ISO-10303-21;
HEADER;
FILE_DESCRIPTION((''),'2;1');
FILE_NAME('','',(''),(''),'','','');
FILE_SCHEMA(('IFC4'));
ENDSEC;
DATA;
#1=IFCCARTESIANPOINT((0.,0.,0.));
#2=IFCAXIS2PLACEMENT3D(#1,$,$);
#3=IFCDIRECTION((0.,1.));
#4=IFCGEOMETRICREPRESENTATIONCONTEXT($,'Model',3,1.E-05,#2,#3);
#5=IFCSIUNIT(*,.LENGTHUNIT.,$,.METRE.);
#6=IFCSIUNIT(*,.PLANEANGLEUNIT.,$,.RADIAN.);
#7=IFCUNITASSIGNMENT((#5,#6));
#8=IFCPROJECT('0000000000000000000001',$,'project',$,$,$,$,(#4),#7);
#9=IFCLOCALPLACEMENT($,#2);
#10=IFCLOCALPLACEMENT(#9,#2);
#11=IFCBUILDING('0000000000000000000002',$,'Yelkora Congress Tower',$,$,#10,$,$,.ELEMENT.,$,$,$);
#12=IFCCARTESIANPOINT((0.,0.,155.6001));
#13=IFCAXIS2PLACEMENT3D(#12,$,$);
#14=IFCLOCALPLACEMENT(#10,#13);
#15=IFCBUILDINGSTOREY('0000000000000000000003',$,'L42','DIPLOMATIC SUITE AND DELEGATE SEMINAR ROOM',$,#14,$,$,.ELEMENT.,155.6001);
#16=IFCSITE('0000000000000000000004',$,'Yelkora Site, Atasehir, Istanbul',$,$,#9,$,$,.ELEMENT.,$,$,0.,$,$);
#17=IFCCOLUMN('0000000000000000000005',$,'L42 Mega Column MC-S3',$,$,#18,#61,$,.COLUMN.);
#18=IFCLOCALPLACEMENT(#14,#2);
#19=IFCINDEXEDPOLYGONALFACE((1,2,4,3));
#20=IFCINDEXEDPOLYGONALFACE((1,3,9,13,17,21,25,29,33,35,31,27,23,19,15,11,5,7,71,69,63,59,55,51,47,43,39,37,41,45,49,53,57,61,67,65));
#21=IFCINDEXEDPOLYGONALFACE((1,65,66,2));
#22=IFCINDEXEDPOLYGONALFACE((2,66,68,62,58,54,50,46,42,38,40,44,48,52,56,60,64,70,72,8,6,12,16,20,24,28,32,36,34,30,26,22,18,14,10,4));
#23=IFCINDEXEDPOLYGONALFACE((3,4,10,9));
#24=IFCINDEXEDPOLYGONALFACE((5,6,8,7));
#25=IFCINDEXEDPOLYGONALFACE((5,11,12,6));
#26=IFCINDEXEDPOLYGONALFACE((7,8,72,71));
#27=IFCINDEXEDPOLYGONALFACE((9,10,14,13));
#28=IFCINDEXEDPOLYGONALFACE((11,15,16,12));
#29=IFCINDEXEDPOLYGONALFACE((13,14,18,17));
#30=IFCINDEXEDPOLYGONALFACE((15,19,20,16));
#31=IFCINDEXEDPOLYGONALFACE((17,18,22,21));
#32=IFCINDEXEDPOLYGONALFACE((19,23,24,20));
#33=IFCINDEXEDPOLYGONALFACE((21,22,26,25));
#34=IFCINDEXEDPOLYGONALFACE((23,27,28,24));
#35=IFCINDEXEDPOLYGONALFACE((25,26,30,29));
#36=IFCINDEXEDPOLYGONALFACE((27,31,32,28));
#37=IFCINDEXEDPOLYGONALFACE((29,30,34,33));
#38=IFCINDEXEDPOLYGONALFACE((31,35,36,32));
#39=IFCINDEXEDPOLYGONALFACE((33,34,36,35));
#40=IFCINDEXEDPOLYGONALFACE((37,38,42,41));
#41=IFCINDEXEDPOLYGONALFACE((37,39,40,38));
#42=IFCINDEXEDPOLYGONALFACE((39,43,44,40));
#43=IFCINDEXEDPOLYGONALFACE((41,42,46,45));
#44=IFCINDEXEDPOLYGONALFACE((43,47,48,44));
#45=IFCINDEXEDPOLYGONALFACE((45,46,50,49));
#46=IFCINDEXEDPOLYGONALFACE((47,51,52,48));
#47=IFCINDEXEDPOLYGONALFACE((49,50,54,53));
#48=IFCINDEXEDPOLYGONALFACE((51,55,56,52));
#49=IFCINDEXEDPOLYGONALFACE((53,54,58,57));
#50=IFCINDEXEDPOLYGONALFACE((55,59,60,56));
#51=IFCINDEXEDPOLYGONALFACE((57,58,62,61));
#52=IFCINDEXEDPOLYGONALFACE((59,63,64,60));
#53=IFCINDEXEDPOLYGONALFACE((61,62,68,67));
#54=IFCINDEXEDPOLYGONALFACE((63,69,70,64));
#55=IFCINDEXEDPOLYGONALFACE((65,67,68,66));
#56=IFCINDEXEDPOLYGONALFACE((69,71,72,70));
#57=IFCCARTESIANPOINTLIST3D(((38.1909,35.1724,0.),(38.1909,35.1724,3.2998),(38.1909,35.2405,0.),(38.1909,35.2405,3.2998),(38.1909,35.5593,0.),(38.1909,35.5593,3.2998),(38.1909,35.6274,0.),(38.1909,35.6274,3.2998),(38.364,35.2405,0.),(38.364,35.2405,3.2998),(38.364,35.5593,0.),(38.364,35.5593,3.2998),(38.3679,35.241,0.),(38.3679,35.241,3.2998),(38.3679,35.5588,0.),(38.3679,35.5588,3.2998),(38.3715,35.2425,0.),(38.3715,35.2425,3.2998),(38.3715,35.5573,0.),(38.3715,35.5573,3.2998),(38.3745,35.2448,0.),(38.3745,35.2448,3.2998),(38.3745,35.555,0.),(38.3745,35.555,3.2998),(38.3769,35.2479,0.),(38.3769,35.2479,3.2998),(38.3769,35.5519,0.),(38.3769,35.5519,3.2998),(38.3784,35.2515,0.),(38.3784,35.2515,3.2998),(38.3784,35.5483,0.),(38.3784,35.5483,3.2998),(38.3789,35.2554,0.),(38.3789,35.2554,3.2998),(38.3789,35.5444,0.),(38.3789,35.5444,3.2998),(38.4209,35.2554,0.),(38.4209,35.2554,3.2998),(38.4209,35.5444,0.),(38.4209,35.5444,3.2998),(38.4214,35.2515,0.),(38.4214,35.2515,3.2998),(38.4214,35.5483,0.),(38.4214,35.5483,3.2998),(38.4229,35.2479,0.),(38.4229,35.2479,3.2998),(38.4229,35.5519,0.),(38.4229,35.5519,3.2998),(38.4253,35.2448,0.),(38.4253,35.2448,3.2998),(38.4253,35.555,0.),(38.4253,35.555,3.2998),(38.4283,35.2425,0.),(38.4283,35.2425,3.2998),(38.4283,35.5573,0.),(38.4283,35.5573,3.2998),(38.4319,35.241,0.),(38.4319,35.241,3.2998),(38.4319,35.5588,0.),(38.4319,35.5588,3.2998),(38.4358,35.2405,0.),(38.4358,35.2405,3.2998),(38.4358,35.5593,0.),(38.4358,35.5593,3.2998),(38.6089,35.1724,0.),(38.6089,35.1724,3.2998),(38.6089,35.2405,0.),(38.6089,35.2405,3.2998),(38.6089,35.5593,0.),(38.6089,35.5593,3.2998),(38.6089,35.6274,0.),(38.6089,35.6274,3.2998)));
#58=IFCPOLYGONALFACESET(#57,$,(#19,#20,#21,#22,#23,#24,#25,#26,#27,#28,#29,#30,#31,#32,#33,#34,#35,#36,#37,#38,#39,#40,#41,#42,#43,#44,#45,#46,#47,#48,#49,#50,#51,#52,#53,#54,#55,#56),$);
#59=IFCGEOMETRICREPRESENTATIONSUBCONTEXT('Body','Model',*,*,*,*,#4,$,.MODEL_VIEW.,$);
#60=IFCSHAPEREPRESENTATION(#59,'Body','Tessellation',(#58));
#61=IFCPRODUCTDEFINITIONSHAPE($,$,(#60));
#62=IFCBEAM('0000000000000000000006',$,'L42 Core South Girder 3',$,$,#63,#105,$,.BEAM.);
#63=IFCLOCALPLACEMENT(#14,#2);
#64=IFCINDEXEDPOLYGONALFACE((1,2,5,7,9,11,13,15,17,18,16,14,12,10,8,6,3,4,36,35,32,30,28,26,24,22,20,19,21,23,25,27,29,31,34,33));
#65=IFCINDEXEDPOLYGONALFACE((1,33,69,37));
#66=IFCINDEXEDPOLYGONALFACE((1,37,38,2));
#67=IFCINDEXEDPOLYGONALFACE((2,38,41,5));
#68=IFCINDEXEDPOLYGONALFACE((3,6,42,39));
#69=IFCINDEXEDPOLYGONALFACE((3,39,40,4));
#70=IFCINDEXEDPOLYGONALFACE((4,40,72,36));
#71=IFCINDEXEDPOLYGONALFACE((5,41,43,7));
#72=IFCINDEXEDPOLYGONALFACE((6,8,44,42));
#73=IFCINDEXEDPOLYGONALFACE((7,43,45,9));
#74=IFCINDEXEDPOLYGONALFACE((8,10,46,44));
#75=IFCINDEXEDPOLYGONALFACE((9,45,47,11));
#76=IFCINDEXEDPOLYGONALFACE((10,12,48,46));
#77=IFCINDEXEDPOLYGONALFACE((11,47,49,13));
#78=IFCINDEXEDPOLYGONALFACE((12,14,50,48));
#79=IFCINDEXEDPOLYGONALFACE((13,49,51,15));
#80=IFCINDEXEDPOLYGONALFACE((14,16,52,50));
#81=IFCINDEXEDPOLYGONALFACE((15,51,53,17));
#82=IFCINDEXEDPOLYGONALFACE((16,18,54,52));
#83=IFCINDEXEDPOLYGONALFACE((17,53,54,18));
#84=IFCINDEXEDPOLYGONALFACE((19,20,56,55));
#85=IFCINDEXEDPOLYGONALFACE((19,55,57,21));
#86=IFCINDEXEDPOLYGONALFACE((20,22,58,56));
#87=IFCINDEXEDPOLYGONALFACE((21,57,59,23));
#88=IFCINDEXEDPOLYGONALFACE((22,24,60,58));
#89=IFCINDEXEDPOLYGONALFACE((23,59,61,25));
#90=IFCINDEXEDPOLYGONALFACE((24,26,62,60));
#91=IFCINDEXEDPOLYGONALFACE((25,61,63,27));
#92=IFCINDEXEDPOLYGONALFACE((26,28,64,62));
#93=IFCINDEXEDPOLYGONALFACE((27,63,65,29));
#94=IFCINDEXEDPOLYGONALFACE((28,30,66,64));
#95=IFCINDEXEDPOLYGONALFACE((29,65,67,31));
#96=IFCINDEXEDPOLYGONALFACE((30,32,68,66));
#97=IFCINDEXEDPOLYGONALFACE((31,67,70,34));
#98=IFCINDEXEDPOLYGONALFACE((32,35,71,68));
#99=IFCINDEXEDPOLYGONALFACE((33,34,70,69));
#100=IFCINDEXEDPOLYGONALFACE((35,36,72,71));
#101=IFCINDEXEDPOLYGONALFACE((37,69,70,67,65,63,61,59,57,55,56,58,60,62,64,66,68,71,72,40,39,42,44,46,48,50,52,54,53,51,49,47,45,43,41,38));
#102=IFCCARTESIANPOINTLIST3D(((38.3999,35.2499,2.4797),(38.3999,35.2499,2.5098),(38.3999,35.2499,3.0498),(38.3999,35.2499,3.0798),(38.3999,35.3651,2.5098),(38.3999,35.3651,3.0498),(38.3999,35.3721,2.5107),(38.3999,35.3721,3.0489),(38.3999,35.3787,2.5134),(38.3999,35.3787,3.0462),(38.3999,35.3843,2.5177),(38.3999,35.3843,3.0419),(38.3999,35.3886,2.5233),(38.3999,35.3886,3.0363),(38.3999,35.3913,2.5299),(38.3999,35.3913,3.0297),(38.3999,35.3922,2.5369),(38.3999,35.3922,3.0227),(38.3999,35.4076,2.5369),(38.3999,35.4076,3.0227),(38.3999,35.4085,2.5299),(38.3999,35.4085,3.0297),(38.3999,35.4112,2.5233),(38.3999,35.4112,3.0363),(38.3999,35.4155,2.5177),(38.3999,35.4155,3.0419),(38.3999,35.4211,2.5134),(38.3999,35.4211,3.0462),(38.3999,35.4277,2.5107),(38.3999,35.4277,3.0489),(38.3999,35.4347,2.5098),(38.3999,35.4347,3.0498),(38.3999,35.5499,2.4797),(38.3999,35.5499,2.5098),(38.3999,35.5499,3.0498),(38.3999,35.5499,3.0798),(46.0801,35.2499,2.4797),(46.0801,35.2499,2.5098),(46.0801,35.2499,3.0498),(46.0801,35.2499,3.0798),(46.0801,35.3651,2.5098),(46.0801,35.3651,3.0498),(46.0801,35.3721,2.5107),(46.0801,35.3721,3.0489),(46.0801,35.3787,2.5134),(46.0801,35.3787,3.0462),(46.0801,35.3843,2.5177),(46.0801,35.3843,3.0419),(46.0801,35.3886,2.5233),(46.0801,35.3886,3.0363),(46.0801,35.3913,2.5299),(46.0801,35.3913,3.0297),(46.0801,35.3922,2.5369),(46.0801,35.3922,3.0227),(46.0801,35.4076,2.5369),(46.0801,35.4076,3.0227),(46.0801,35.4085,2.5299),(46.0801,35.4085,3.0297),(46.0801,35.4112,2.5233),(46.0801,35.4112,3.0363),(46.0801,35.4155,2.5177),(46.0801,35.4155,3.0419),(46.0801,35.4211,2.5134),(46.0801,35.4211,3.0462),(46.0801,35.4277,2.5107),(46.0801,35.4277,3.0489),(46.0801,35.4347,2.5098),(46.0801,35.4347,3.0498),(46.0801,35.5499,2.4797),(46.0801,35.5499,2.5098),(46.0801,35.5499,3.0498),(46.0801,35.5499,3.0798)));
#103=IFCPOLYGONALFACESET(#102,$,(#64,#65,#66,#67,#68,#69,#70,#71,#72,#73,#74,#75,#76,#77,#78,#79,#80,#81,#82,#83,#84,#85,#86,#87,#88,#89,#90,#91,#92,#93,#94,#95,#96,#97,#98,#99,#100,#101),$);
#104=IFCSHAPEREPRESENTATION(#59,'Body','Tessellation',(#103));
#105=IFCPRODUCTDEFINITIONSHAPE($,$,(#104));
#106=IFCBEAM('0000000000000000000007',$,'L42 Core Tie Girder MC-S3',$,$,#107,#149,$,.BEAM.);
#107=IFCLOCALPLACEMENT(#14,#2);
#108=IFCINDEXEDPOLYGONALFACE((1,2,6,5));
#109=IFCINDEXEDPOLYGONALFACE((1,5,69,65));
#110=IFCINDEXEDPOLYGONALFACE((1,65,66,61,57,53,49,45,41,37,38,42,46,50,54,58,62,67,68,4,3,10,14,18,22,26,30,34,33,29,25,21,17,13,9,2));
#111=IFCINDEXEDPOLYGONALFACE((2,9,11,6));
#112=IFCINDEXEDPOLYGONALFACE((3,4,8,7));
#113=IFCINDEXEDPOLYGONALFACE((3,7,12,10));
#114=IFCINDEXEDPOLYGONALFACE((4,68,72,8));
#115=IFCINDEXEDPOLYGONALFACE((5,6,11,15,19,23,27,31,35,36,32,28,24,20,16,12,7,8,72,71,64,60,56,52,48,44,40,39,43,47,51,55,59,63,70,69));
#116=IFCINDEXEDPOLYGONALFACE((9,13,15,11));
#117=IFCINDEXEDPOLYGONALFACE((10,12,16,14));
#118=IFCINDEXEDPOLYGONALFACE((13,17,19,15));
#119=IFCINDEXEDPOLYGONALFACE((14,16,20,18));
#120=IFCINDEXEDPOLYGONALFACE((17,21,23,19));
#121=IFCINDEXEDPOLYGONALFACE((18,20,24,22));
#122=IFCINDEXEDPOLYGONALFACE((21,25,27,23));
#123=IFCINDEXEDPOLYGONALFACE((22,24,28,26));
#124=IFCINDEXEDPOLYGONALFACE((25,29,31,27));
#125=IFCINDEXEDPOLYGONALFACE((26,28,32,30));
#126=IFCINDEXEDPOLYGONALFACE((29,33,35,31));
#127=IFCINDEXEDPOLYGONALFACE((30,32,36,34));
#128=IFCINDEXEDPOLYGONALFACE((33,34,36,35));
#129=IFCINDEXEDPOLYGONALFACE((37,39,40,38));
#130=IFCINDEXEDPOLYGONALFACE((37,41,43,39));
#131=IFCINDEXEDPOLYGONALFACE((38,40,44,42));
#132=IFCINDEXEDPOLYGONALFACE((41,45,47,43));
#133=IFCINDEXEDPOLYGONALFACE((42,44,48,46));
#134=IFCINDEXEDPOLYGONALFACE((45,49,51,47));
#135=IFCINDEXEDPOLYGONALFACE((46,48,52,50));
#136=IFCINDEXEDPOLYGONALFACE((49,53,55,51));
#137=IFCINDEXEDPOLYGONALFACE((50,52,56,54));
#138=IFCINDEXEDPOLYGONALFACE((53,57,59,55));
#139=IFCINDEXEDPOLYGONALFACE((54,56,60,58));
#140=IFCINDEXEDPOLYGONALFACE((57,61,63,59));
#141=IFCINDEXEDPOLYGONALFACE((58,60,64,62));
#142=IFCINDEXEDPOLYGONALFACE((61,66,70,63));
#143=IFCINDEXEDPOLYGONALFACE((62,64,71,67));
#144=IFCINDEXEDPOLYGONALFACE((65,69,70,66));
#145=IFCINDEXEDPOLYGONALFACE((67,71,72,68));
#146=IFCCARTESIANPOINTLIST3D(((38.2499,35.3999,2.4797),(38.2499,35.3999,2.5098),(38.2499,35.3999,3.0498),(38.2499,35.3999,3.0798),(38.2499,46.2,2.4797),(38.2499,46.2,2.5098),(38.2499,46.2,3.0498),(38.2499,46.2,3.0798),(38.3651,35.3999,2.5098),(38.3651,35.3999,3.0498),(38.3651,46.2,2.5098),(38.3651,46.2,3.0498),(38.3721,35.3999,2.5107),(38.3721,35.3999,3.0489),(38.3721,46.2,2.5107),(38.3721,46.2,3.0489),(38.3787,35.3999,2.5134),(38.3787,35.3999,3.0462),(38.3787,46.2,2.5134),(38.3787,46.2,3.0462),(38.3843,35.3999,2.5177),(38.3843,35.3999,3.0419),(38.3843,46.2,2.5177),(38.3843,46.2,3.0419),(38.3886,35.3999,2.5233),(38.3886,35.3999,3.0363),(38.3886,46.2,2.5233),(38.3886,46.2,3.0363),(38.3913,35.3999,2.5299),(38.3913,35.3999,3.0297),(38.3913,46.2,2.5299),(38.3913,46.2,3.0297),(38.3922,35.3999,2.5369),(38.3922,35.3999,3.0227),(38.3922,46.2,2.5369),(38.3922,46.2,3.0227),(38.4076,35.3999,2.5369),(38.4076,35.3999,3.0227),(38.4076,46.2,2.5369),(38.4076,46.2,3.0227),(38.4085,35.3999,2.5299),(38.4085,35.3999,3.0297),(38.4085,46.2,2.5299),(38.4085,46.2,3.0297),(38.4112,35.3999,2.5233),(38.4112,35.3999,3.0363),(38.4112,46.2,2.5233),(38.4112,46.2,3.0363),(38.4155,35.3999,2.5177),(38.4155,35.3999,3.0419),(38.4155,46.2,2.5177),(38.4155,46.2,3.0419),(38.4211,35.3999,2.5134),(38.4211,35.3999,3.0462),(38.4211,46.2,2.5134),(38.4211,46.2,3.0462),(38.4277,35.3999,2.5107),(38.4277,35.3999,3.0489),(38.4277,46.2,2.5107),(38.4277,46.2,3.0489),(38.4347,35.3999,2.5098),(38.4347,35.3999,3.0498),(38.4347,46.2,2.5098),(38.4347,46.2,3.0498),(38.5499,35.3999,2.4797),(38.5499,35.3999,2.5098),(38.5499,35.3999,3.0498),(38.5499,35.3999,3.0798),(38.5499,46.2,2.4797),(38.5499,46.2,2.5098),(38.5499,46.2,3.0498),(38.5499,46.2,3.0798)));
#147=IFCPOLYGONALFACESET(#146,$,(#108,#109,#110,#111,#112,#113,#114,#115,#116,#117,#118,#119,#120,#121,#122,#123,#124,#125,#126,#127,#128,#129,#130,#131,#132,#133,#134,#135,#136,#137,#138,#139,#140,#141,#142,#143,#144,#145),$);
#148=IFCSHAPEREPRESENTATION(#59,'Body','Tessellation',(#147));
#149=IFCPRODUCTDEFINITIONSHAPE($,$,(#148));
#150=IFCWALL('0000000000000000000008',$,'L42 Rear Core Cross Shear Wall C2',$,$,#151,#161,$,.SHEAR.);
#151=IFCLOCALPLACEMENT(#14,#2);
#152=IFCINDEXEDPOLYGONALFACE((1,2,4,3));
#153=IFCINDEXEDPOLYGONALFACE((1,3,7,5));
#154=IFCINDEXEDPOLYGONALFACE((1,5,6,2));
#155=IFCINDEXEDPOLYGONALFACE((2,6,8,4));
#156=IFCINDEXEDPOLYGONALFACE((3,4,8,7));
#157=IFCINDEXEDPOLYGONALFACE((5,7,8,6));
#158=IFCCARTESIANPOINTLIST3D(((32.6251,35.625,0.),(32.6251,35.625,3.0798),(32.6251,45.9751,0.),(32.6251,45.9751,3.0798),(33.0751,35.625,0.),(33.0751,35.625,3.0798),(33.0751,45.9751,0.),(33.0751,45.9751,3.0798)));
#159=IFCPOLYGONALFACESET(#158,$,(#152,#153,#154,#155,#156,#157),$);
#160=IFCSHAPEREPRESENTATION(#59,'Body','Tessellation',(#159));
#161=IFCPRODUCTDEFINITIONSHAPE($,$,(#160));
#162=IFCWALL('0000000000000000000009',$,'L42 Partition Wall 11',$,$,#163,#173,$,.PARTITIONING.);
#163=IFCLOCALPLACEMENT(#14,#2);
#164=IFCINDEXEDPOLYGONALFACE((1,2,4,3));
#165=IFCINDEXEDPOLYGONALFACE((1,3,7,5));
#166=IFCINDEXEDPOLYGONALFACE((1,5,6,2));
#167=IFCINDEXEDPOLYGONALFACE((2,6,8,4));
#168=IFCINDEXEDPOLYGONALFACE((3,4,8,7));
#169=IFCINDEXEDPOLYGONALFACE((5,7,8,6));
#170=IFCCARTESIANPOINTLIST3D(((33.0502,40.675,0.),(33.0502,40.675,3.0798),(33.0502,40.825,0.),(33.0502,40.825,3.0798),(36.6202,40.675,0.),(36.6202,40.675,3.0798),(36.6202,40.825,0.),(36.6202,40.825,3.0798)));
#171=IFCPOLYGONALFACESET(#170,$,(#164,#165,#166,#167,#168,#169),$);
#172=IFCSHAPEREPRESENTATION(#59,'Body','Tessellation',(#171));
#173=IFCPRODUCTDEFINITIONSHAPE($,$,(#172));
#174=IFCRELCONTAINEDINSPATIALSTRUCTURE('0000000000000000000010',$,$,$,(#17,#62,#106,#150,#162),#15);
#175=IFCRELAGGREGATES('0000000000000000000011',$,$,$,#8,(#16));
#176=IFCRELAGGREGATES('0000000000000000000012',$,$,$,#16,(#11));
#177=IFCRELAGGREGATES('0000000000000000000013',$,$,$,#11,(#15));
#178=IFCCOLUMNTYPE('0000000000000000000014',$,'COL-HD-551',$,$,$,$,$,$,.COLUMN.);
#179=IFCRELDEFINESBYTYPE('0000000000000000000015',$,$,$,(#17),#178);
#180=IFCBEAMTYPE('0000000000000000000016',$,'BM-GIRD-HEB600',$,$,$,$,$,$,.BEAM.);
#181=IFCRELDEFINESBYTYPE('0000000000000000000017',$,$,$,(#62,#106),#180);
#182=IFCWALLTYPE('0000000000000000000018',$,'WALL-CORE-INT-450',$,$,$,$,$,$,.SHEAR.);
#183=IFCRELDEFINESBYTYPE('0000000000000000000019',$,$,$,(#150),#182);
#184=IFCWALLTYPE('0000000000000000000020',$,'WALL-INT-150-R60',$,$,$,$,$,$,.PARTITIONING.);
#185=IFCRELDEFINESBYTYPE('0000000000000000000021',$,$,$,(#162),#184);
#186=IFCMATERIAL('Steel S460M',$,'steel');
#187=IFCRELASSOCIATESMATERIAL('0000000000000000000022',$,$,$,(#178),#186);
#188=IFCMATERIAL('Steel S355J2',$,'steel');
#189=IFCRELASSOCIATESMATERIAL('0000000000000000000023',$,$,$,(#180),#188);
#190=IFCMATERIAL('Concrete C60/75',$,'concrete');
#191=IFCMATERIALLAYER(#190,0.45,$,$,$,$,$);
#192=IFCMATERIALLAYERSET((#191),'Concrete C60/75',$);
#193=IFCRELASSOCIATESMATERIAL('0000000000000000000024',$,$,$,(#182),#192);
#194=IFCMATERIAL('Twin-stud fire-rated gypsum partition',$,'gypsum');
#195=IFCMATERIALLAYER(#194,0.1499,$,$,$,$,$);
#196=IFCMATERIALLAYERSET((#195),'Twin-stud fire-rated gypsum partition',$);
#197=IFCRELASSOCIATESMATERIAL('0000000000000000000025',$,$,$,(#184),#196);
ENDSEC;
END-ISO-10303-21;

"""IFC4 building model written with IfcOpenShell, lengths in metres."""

from ifc_helpers import new_model, si_unit, direction, frame, frame_2d, origin, origin_2d, place, context, subcontext, project, spatial, rectangle, i_section, extrude, material, layer, layer_set, material_profile, profile_set, type_object, element, save


model = new_model("IFC4")

# Units and contexts
model_context = context("Model", 3, precision=1e-05, world=origin(), true_north=direction((0.0, 1.0)))
body_context = subcontext(model_context, "Body", "Model", "MODEL_VIEW")
ifc_project = project(units=[si_unit("LENGTHUNIT", "METRE"), si_unit("PLANEANGLEUNIT", "RADIAN")], contexts=[model_context])

# Site, building, storey
site_placement = place(None, origin())
site = spatial("IfcSite", under=ifc_project, at=site_placement, Name="Yelkora Site, Atasehir, Istanbul", CompositionType="ELEMENT", RefElevation=0.0)
building_placement = place(site_placement, origin())
building = spatial("IfcBuilding", under=site, at=building_placement, Name="Yelkora Congress Tower", CompositionType="ELEMENT")
storey_placement = place(building_placement, frame((0.0, 0.0, 155.6001)))
storey = spatial("IfcBuildingStorey", under=building, at=storey_placement, Name="L42", Description="DIPLOMATIC SUITE AND DELEGATE SEMINAR ROOM", CompositionType="ELEMENT", Elevation=155.6001)

# Column
ifc_material_1 = material(Name="Steel S460M", Category="steel")
ifc_material_profile_1 = material_profile(ifc_material_1, i_section(OverallWidth=0.418, OverallDepth=0.4551, WebThickness=0.042, FlangeThickness=0.0681, FilletRadius=0.0149, at=origin_2d()), Name="HD 400x551")
ifc_profile_set_1 = profile_set([ifc_material_profile_1], Name="Steel S460M")
column_type = type_object("IfcColumnType", Name="COL-HD-551", PredefinedType="COLUMN", material=ifc_profile_set_1)
column_placement = place(storey_placement, frame((38.3999, 35.3999, 0.0), z_axis=(0.0, 0.0, 1.0), x_axis=(1.0, 0.0, 0.0)))
element("IfcColumn", 1, at=column_placement, inside=storey, type_object=column_type, Name="L42 Mega Column MC-S3", PredefinedType="COLUMN", context=body_context, shape_type="SweptSolid", body=[
    extrude(i_section(OverallWidth=0.418, OverallDepth=0.4551, WebThickness=0.042, FlangeThickness=0.0681, FilletRadius=0.0149, at=origin_2d()), origin(), (0.0, 0.0, 1.0), 3.2998),
])

# Beams
ifc_material_2 = material(Name="Steel S355J2", Category="steel")
ifc_material_profile_2 = material_profile(ifc_material_2, i_section(OverallWidth=0.3, OverallDepth=0.6001, WebThickness=0.0154, FlangeThickness=0.03, FilletRadius=0.0271, at=origin_2d()), Name="HEB 600")
ifc_profile_set_2 = profile_set([ifc_material_profile_2], Name="Steel S355J2")
beam_type = type_object("IfcBeamType", Name="BM-GIRD-HEB600", PredefinedType="BEAM", material=ifc_profile_set_2)
beam_1_placement = place(storey_placement, frame((38.3999, 35.3999, 2.7798), z_axis=(1.0, 0.0, 0.0), x_axis=(0.0, 1.0, 0.0)))
element("IfcBeam", 2, at=beam_1_placement, inside=storey, type_object=beam_type, Name="L42 Core South Girder 3", PredefinedType="BEAM", context=body_context, shape_type="SweptSolid", body=[
    extrude(i_section(OverallWidth=0.3, OverallDepth=0.6001, WebThickness=0.0154, FlangeThickness=0.03, FilletRadius=0.0271, at=origin_2d()), origin(), (0.0, 0.0, 1.0), 7.6802),
])
beam_2_placement = place(storey_placement, frame((38.3999, 35.3999, 2.7798), z_axis=(0.0, 1.0, 0.0), x_axis=(-1.0, 0.0, 0.0)))
element("IfcBeam", 3, at=beam_2_placement, inside=storey, type_object=beam_type, Name="L42 Core Tie Girder MC-S3", PredefinedType="BEAM", context=body_context, shape_type="SweptSolid", body=[
    extrude(i_section(OverallWidth=0.3, OverallDepth=0.6001, WebThickness=0.0154, FlangeThickness=0.03, FilletRadius=0.0271, at=origin_2d()), origin(), (0.0, 0.0, 1.0), 10.8),
])

# Shared definitions
ifc_material_3 = material(Name="Concrete C60/75", Category="concrete")
ifc_layer_1 = layer(ifc_material_3, 0.45)
ifc_layer_set_1 = layer_set([ifc_layer_1], Name="Concrete C60/75")
wall_type_1 = type_object("IfcWallType", Name="WALL-CORE-INT-450", PredefinedType="SHEAR", material=ifc_layer_set_1)

# Walls
wall_1_placement = place(storey_placement, frame((32.8501, 35.625, 0.0), z_axis=(0.0, 0.0, 1.0), x_axis=(0.0, 1.0, 0.0)))
element("IfcWall", 4, at=wall_1_placement, inside=storey, type_object=wall_type_1, Name="L42 Rear Core Cross Shear Wall C2", PredefinedType="SHEAR", context=body_context, shape_type="SweptSolid", body=[
    extrude(rectangle(XDim=10.3501, YDim=0.45, at=frame_2d((5.175, 0.0))), origin(), (0.0, 0.0, 1.0), 3.0798),
])
ifc_material_4 = material(Name="Twin-stud fire-rated gypsum partition", Category="gypsum")
ifc_layer_2 = layer(ifc_material_4, 0.1499)
ifc_layer_set_2 = layer_set([ifc_layer_2], Name="Twin-stud fire-rated gypsum partition")
wall_type_2 = type_object("IfcWallType", Name="WALL-INT-150-R60", PredefinedType="PARTITIONING", material=ifc_layer_set_2)
wall_2_placement = place(storey_placement, frame((33.05, 40.75, 0.0), z_axis=(0.0, 0.0, 1.0), x_axis=(1.0, 0.0, 0.0)))
element("IfcWall", 5, at=wall_2_placement, inside=storey, type_object=wall_type_2, Name="L42 Partition Wall 11", PredefinedType="PARTITIONING", context=body_context, shape_type="SweptSolid", body=[
    extrude(rectangle(XDim=3.5701, YDim=0.1499, at=frame_2d((1.7852, 0.0))), origin(), (0.0, 0.0, 1.0), 3.0798),
])

save(model, "model.ifc")
